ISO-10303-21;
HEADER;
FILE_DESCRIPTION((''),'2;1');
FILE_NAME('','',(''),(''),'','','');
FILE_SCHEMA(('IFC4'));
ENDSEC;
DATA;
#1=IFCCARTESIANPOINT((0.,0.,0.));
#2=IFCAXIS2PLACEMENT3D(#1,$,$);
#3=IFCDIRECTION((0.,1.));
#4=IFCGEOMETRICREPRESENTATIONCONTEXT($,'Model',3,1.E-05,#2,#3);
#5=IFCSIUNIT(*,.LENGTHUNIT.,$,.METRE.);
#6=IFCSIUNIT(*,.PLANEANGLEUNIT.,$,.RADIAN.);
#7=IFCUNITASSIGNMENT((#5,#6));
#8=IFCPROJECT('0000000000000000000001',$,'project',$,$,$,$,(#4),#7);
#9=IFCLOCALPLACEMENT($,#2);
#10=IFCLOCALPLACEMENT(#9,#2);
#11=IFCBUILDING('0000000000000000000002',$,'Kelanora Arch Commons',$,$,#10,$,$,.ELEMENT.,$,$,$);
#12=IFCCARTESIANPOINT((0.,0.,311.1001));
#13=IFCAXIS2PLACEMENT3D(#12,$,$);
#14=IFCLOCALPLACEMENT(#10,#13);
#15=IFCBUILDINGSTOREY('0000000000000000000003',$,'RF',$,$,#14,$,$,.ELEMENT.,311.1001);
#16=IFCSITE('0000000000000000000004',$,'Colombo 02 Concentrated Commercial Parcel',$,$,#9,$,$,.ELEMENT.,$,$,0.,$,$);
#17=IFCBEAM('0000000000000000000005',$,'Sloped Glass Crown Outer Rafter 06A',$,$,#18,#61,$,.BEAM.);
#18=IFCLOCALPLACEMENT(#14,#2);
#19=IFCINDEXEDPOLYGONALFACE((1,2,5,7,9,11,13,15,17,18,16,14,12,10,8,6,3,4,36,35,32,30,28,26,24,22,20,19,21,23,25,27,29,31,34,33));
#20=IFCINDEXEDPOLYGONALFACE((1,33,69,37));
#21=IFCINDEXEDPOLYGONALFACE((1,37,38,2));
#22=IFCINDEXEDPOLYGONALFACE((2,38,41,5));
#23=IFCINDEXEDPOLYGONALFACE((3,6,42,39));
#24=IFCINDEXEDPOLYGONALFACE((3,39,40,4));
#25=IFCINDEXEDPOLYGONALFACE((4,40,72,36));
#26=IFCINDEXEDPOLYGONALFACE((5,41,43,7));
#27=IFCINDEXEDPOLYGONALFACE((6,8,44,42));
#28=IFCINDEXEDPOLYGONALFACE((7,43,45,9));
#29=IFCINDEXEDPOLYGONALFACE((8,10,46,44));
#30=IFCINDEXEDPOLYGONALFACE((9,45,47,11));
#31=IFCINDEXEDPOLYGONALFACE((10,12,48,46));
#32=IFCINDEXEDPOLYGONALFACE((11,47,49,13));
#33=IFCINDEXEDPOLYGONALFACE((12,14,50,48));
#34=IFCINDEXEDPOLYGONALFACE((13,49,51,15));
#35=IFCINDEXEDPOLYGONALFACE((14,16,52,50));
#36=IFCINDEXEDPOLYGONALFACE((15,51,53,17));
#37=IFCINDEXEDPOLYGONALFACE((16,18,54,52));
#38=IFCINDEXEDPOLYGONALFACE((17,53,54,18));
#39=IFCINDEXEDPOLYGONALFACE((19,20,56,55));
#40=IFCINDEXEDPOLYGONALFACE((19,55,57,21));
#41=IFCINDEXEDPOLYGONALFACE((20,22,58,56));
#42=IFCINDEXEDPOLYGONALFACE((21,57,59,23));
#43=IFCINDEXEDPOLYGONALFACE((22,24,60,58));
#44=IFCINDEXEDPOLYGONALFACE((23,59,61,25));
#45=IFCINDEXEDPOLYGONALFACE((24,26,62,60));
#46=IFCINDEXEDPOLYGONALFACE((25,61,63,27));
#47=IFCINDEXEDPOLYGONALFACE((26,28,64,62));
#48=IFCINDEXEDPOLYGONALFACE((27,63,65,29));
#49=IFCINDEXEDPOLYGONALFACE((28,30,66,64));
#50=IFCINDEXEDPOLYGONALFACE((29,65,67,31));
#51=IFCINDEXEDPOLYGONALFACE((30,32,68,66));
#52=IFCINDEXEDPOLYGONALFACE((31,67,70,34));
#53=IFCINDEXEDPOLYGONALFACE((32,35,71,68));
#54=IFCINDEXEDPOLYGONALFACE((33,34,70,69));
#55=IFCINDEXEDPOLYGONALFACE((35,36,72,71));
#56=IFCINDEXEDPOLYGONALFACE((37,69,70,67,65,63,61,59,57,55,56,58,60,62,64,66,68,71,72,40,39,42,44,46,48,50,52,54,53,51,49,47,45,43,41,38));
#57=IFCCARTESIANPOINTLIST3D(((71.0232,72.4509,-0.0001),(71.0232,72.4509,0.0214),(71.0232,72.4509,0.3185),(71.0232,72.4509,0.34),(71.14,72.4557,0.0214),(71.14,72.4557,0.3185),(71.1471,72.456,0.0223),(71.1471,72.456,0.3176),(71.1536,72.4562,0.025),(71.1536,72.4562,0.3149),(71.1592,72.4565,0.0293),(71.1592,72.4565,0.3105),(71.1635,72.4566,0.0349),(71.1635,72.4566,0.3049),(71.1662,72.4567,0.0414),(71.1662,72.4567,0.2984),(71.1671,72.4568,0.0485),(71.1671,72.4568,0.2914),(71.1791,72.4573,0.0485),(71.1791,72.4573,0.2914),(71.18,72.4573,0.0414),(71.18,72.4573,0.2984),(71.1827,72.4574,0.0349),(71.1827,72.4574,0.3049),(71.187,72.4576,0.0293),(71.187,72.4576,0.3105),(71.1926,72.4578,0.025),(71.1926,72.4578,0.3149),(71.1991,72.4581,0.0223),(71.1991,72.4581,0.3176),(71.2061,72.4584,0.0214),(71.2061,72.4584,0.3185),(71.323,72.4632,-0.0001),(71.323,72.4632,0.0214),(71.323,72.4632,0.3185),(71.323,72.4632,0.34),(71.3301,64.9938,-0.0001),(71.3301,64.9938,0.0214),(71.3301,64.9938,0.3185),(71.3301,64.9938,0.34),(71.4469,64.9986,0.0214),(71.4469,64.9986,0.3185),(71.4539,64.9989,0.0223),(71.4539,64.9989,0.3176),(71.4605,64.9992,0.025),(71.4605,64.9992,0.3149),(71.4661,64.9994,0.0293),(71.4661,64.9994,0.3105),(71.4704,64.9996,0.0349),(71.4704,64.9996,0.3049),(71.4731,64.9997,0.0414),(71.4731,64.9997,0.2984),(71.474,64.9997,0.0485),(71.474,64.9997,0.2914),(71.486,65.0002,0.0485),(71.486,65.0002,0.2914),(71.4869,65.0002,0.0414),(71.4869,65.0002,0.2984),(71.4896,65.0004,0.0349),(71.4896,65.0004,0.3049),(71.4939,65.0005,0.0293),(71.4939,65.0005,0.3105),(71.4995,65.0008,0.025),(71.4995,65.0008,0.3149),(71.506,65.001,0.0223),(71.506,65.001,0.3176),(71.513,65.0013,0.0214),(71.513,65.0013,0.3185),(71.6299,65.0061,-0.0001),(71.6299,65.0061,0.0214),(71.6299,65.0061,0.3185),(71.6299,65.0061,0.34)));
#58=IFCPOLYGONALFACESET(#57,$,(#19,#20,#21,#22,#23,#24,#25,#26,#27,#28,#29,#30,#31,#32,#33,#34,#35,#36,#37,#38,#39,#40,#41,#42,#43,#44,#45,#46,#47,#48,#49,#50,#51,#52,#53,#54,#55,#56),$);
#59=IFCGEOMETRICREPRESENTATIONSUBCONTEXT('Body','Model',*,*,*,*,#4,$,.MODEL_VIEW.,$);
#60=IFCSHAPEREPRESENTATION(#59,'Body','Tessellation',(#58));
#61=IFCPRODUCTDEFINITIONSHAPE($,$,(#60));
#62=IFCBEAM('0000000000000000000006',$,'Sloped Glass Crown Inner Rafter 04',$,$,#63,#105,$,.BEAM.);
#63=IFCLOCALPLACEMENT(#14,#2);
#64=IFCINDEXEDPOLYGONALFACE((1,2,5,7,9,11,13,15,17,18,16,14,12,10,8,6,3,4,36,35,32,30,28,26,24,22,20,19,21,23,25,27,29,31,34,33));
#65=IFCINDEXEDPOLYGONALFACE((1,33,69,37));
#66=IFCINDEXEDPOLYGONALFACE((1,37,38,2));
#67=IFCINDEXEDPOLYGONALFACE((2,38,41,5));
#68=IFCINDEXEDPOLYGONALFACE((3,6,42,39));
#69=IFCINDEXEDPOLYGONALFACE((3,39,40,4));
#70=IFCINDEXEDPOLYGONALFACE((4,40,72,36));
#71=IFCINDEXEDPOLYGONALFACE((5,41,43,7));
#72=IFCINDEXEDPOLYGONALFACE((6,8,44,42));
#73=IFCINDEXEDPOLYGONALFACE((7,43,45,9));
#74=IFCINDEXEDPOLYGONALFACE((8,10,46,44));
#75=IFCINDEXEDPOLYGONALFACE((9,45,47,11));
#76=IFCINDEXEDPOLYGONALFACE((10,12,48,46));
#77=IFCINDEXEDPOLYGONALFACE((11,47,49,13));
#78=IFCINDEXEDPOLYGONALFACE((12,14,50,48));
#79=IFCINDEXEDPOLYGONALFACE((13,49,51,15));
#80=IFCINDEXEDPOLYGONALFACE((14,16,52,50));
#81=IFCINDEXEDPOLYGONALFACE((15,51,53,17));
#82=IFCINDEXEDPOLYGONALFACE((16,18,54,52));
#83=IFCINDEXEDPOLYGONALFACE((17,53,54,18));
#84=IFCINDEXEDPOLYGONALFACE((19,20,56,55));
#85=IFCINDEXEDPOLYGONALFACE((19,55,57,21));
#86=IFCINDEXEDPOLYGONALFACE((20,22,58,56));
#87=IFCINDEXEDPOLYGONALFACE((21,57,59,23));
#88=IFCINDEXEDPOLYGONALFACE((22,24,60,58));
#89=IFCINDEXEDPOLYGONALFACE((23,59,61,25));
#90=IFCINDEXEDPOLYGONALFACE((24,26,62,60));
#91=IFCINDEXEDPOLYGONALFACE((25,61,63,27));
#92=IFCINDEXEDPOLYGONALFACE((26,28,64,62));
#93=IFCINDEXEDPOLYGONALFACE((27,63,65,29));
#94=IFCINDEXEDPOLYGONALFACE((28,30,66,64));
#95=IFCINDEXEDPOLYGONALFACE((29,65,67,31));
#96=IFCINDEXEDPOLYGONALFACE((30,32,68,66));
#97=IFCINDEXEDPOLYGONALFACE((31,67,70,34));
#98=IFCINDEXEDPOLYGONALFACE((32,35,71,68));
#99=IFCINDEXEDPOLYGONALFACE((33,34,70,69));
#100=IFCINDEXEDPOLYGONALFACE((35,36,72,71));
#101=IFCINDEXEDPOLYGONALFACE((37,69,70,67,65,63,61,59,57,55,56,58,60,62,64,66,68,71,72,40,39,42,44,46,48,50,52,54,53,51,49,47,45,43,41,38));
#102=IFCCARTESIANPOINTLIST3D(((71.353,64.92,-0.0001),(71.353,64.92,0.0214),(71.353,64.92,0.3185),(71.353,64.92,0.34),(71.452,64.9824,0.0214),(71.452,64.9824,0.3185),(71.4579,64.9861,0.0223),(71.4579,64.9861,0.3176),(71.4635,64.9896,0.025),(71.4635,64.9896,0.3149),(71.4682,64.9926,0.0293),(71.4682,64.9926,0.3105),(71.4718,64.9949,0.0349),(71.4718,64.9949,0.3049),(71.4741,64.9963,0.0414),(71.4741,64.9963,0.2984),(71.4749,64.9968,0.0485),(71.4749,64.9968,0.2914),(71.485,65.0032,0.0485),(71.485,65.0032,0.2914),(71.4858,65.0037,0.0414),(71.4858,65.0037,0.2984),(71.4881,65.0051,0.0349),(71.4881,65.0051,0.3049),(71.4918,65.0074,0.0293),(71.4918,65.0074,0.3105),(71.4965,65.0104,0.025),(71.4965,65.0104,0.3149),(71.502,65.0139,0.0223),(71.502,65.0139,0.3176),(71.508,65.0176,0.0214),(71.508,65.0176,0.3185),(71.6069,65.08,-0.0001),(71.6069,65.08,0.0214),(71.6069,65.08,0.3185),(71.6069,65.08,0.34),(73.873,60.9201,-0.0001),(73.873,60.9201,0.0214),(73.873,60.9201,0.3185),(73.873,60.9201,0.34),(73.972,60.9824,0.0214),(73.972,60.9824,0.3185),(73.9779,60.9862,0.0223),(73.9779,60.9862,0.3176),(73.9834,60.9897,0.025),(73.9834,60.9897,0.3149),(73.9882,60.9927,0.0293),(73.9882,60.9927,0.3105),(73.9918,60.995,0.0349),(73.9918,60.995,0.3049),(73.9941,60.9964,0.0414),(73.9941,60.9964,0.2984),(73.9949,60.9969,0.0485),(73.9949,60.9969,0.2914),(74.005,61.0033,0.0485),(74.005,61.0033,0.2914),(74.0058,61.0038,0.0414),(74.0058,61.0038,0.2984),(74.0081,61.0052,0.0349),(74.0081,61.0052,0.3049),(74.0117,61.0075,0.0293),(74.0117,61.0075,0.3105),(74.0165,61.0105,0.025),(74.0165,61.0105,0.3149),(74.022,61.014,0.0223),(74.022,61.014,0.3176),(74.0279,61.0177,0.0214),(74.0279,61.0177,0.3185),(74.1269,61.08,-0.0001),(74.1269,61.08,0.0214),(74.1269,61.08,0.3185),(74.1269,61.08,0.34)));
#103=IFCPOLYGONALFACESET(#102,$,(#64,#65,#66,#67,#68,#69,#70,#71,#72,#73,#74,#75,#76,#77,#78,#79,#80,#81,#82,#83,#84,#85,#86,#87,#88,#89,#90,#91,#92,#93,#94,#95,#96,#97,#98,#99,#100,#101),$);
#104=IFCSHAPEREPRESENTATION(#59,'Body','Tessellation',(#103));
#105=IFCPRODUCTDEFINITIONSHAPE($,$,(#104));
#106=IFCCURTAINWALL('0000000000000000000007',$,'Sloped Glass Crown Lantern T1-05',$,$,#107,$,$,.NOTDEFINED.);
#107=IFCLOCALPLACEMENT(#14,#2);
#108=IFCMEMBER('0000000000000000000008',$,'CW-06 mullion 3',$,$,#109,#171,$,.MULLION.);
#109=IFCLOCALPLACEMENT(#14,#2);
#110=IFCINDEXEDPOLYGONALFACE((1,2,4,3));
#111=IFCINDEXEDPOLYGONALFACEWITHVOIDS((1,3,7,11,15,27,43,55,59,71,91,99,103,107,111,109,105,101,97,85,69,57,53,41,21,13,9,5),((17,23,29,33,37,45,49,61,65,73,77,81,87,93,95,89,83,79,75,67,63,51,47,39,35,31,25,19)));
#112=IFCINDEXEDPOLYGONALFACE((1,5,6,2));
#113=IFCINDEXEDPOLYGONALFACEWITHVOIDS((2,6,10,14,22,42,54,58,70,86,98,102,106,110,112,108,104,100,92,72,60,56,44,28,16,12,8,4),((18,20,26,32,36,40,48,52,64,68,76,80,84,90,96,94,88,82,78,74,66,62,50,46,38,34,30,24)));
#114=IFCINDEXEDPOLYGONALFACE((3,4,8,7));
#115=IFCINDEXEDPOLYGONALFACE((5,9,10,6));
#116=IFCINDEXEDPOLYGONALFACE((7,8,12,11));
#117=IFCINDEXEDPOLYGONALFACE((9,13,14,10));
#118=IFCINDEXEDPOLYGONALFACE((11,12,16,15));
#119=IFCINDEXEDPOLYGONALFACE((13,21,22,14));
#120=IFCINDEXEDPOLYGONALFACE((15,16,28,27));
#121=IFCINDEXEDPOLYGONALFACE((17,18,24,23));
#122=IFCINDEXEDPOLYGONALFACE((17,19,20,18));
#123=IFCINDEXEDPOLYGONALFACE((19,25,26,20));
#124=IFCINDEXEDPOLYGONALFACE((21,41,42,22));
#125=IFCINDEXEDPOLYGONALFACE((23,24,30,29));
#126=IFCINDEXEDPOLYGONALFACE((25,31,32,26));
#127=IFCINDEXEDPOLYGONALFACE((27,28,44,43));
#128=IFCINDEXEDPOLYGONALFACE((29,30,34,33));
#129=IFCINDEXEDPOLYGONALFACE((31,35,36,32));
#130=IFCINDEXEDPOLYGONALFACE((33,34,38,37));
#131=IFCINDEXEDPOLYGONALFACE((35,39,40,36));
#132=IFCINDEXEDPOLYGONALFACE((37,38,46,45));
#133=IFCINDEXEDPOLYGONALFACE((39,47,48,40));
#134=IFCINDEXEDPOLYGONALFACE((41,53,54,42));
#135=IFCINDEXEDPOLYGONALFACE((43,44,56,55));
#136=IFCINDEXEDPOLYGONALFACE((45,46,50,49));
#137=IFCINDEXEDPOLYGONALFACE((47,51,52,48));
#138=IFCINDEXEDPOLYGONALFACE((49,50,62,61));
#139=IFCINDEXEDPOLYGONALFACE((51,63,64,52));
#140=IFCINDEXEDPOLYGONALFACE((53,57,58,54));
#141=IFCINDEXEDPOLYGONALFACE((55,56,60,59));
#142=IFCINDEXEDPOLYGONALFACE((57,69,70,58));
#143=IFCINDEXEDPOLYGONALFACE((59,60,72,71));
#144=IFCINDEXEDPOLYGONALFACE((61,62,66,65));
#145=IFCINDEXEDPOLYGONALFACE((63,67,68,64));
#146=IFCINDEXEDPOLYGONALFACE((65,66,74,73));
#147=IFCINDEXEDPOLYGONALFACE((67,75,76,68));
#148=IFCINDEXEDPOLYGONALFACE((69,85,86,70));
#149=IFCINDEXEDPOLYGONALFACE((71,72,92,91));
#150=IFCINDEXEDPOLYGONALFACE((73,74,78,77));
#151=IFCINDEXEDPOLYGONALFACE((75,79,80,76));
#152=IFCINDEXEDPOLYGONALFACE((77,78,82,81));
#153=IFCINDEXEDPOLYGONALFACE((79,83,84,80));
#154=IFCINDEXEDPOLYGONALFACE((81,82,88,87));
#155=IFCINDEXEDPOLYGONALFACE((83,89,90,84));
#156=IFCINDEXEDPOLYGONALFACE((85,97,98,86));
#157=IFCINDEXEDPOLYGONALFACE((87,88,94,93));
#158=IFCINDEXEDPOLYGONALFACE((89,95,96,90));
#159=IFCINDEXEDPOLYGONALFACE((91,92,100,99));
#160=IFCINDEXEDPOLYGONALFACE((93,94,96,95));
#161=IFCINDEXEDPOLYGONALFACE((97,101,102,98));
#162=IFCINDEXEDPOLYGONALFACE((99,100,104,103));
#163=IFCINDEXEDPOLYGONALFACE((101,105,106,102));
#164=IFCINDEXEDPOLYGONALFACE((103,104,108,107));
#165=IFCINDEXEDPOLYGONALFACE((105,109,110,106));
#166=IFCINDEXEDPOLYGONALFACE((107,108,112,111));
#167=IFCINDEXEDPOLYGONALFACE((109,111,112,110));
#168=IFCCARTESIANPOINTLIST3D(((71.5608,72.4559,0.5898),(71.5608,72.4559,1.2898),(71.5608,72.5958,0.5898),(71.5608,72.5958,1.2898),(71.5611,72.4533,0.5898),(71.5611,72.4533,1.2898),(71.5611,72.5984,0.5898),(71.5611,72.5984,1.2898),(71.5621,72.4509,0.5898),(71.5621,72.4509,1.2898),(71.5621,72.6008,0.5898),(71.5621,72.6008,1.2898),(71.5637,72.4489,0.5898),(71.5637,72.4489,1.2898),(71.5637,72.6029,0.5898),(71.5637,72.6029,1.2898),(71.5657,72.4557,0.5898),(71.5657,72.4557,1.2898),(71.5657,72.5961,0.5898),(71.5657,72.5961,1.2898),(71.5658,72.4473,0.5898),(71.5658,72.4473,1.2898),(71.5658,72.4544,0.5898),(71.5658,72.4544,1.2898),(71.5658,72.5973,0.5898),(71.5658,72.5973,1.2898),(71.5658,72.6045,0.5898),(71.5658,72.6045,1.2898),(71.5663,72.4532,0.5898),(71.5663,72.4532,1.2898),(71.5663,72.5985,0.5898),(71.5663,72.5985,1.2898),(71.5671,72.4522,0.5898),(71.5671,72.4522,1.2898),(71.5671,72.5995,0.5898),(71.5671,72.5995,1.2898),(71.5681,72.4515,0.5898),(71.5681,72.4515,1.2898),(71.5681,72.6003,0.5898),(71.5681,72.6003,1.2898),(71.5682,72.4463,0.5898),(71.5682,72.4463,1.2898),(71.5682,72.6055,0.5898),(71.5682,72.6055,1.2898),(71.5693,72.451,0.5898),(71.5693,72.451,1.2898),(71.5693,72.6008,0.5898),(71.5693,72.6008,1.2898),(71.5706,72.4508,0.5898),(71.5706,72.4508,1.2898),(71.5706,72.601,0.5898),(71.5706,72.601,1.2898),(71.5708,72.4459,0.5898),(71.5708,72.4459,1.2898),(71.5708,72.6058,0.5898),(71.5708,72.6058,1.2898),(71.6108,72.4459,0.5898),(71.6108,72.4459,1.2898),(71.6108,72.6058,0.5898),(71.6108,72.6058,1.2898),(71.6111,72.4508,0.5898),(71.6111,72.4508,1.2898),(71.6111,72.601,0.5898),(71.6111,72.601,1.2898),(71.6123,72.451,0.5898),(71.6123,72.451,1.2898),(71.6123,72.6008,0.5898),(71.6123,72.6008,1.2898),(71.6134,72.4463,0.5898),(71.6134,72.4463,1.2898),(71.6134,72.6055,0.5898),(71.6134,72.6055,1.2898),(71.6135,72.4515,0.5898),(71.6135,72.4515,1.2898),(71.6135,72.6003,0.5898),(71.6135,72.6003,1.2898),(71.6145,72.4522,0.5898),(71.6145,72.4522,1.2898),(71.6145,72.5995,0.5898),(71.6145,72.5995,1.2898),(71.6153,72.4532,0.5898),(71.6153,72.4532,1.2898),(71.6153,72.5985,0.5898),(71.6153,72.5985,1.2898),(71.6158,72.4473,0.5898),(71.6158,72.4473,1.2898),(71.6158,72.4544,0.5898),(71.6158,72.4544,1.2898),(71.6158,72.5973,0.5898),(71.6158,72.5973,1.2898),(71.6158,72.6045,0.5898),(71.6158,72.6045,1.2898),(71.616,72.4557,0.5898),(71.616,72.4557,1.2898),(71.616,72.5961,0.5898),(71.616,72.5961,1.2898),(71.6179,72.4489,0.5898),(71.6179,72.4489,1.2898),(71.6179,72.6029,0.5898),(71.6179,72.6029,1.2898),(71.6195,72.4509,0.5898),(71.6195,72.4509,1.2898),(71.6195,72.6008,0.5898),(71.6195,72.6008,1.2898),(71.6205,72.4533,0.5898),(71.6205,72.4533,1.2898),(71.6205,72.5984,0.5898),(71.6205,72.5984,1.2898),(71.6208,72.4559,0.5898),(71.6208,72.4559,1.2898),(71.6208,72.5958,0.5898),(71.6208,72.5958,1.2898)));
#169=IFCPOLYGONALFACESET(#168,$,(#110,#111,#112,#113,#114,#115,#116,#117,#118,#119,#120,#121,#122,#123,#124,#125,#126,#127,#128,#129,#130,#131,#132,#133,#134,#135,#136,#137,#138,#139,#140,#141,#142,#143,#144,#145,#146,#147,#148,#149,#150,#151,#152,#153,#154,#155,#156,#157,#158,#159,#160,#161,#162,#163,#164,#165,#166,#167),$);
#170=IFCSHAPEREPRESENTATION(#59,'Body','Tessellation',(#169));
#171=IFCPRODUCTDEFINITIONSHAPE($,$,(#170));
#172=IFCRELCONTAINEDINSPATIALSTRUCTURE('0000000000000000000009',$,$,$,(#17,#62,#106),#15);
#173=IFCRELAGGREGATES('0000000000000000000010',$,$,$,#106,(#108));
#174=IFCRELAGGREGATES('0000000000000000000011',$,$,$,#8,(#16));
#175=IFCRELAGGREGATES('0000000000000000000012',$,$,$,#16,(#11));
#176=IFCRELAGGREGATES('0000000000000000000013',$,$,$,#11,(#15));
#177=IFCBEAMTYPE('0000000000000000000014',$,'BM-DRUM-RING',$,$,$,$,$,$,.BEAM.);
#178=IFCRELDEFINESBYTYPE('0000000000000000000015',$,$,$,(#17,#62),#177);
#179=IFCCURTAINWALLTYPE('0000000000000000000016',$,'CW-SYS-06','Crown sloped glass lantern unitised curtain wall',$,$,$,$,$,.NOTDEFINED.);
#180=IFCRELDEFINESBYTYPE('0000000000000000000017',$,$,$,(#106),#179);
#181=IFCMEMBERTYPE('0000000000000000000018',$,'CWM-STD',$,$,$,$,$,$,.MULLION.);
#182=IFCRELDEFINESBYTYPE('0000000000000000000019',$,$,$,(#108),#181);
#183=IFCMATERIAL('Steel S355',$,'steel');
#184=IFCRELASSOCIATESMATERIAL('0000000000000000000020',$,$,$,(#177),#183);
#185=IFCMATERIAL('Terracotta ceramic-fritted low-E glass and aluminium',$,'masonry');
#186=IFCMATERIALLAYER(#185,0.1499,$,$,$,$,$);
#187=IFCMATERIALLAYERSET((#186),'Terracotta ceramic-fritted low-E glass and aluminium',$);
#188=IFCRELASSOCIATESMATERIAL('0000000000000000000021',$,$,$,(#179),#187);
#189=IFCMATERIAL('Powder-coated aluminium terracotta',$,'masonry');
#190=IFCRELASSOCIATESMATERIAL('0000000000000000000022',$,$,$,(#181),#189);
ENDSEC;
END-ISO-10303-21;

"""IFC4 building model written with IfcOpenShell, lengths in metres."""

from ifc_helpers import new_model, si_unit, direction, frame, origin, origin_2d, place, context, subcontext, project, spatial, hollow_rectangle, i_section, extrude, material, layer, layer_set, material_profile, profile_set, type_object, element, aggregate, save


model = new_model("IFC4")

# Units and contexts
model_context = context("Model", 3, precision=1e-05, world=origin(), true_north=direction((0.0, 1.0)))
body_context = subcontext(model_context, "Body", "Model", "MODEL_VIEW")
ifc_project = project(units=[si_unit("LENGTHUNIT", "METRE"), si_unit("PLANEANGLEUNIT", "RADIAN")], contexts=[model_context])

# Site, building, storey
site_placement = place(None, origin())
site = spatial("IfcSite", under=ifc_project, at=site_placement, Name="Colombo 02 Concentrated Commercial Parcel", CompositionType="ELEMENT", RefElevation=0.0)
building_placement = place(site_placement, origin())
building = spatial("IfcBuilding", under=site, at=building_placement, Name="Kelanora Arch Commons", CompositionType="ELEMENT")
storey_placement = place(building_placement, frame((0.0, 0.0, 311.1001)))
storey = spatial("IfcBuildingStorey", under=building, at=storey_placement, Name="RF", CompositionType="ELEMENT", Elevation=311.1001)

# Beams
ifc_material_1 = material(Name="Steel S355", Category="steel")
ifc_material_profile_1 = material_profile(ifc_material_1, i_section(OverallWidth=0.3, OverallDepth=0.3401, WebThickness=0.012, FlangeThickness=0.0215, FilletRadius=0.0271, at=origin_2d()), Name="HEB340")
ifc_profile_set_1 = profile_set([ifc_material_profile_1], Name="Steel S355")
beam_type_1 = type_object("IfcBeamType", Name="BM-DRUM-RING", PredefinedType="BEAM", material=ifc_profile_set_1)
beam_1_placement = place(storey_placement, frame((71.1731, 72.457, 0.1699), z_axis=(0.041119, -0.999154, 0.0), x_axis=(0.999154, 0.041119, 0.0)))
element("IfcBeam", 1, at=beam_1_placement, inside=storey, type_object=beam_type_1, Name="Sloped Glass Crown Outer Rafter 06A", PredefinedType="BEAM", context=body_context, shape_type="SweptSolid", body=[
    extrude(i_section(OverallWidth=0.3, OverallDepth=0.3401, WebThickness=0.012, FlangeThickness=0.0215, FilletRadius=0.0271, at=origin_2d()), origin(), (0.0, 0.0, 1.0), 7.4634),
])
beam_2_placement = place(storey_placement, frame((71.48, 65.0, 0.1699), z_axis=(0.533041, -0.84609, 0.0), x_axis=(0.84609, 0.533041, 0.0)))
element("IfcBeam", 2, at=beam_2_placement, inside=storey, type_object=beam_type_1, Name="Sloped Glass Crown Inner Rafter 04", PredefinedType="BEAM", context=body_context, shape_type="SweptSolid", body=[
    extrude(i_section(OverallWidth=0.3, OverallDepth=0.3401, WebThickness=0.012, FlangeThickness=0.0215, FilletRadius=0.0271, at=origin_2d()), origin(), (0.0, 0.0, 1.0), 4.7275),
])

# Curtain wall, member
ifc_material_2 = material(Name="Terracotta ceramic-fritted low-E glass and aluminium", Category="masonry")
ifc_layer_1 = layer(ifc_material_2, 0.1499)
ifc_layer_set_1 = layer_set([ifc_layer_1], Name="Terracotta ceramic-fritted low-E glass and aluminium")
curtain_wall_type = type_object("IfcCurtainWallType", Name="CW-SYS-06", Description="Crown sloped glass lantern unitised curtain wall", PredefinedType="NOTDEFINED", material=ifc_layer_set_1)
curtain_wall_1_placement = place(storey_placement, origin())
curtain_wall_1 = element("IfcCurtainWall", 3, at=curtain_wall_1_placement, inside=storey, type_object=curtain_wall_type, Name="Sloped Glass Crown Lantern T1-05", PredefinedType="NOTDEFINED")
ifc_material_3 = material(Name="Powder-coated aluminium terracotta", Category="masonry")
ifc_material_profile_2 = material_profile(ifc_material_3, hollow_rectangle(XDim=0.1599, YDim=0.0601, WallThickness=0.0049, InnerFilletRadius=0.0049, OuterFilletRadius=0.01, at=origin_2d()), Name="CWM160x60")
ifc_profile_set_2 = profile_set([ifc_material_profile_2], Name="Powder-coated aluminium terracotta")
member_type_1 = type_object("IfcMemberType", Name="CWM-STD", PredefinedType="MULLION", material=ifc_profile_set_2)
member_1_placement = place(storey_placement, frame((71.5908, 72.5259, 0.5898), z_axis=(0.0, 0.0, 1.0), x_axis=(0.0, -1.0, 0.0)))
member_1 = element("IfcMember", 4, at=member_1_placement, type_object=member_type_1, Name="CW-06 mullion 3", PredefinedType="MULLION", context=body_context, shape_type="SweptSolid", body=[
    extrude(hollow_rectangle(XDim=0.1599, YDim=0.0601, WallThickness=0.0049, InnerFilletRadius=0.0049, OuterFilletRadius=0.01, at=origin_2d()), origin(), (0.0, 0.0, 1.0), 0.7),
])

aggregate(curtain_wall_1, [member_1])

save(model, "model.ifc")
